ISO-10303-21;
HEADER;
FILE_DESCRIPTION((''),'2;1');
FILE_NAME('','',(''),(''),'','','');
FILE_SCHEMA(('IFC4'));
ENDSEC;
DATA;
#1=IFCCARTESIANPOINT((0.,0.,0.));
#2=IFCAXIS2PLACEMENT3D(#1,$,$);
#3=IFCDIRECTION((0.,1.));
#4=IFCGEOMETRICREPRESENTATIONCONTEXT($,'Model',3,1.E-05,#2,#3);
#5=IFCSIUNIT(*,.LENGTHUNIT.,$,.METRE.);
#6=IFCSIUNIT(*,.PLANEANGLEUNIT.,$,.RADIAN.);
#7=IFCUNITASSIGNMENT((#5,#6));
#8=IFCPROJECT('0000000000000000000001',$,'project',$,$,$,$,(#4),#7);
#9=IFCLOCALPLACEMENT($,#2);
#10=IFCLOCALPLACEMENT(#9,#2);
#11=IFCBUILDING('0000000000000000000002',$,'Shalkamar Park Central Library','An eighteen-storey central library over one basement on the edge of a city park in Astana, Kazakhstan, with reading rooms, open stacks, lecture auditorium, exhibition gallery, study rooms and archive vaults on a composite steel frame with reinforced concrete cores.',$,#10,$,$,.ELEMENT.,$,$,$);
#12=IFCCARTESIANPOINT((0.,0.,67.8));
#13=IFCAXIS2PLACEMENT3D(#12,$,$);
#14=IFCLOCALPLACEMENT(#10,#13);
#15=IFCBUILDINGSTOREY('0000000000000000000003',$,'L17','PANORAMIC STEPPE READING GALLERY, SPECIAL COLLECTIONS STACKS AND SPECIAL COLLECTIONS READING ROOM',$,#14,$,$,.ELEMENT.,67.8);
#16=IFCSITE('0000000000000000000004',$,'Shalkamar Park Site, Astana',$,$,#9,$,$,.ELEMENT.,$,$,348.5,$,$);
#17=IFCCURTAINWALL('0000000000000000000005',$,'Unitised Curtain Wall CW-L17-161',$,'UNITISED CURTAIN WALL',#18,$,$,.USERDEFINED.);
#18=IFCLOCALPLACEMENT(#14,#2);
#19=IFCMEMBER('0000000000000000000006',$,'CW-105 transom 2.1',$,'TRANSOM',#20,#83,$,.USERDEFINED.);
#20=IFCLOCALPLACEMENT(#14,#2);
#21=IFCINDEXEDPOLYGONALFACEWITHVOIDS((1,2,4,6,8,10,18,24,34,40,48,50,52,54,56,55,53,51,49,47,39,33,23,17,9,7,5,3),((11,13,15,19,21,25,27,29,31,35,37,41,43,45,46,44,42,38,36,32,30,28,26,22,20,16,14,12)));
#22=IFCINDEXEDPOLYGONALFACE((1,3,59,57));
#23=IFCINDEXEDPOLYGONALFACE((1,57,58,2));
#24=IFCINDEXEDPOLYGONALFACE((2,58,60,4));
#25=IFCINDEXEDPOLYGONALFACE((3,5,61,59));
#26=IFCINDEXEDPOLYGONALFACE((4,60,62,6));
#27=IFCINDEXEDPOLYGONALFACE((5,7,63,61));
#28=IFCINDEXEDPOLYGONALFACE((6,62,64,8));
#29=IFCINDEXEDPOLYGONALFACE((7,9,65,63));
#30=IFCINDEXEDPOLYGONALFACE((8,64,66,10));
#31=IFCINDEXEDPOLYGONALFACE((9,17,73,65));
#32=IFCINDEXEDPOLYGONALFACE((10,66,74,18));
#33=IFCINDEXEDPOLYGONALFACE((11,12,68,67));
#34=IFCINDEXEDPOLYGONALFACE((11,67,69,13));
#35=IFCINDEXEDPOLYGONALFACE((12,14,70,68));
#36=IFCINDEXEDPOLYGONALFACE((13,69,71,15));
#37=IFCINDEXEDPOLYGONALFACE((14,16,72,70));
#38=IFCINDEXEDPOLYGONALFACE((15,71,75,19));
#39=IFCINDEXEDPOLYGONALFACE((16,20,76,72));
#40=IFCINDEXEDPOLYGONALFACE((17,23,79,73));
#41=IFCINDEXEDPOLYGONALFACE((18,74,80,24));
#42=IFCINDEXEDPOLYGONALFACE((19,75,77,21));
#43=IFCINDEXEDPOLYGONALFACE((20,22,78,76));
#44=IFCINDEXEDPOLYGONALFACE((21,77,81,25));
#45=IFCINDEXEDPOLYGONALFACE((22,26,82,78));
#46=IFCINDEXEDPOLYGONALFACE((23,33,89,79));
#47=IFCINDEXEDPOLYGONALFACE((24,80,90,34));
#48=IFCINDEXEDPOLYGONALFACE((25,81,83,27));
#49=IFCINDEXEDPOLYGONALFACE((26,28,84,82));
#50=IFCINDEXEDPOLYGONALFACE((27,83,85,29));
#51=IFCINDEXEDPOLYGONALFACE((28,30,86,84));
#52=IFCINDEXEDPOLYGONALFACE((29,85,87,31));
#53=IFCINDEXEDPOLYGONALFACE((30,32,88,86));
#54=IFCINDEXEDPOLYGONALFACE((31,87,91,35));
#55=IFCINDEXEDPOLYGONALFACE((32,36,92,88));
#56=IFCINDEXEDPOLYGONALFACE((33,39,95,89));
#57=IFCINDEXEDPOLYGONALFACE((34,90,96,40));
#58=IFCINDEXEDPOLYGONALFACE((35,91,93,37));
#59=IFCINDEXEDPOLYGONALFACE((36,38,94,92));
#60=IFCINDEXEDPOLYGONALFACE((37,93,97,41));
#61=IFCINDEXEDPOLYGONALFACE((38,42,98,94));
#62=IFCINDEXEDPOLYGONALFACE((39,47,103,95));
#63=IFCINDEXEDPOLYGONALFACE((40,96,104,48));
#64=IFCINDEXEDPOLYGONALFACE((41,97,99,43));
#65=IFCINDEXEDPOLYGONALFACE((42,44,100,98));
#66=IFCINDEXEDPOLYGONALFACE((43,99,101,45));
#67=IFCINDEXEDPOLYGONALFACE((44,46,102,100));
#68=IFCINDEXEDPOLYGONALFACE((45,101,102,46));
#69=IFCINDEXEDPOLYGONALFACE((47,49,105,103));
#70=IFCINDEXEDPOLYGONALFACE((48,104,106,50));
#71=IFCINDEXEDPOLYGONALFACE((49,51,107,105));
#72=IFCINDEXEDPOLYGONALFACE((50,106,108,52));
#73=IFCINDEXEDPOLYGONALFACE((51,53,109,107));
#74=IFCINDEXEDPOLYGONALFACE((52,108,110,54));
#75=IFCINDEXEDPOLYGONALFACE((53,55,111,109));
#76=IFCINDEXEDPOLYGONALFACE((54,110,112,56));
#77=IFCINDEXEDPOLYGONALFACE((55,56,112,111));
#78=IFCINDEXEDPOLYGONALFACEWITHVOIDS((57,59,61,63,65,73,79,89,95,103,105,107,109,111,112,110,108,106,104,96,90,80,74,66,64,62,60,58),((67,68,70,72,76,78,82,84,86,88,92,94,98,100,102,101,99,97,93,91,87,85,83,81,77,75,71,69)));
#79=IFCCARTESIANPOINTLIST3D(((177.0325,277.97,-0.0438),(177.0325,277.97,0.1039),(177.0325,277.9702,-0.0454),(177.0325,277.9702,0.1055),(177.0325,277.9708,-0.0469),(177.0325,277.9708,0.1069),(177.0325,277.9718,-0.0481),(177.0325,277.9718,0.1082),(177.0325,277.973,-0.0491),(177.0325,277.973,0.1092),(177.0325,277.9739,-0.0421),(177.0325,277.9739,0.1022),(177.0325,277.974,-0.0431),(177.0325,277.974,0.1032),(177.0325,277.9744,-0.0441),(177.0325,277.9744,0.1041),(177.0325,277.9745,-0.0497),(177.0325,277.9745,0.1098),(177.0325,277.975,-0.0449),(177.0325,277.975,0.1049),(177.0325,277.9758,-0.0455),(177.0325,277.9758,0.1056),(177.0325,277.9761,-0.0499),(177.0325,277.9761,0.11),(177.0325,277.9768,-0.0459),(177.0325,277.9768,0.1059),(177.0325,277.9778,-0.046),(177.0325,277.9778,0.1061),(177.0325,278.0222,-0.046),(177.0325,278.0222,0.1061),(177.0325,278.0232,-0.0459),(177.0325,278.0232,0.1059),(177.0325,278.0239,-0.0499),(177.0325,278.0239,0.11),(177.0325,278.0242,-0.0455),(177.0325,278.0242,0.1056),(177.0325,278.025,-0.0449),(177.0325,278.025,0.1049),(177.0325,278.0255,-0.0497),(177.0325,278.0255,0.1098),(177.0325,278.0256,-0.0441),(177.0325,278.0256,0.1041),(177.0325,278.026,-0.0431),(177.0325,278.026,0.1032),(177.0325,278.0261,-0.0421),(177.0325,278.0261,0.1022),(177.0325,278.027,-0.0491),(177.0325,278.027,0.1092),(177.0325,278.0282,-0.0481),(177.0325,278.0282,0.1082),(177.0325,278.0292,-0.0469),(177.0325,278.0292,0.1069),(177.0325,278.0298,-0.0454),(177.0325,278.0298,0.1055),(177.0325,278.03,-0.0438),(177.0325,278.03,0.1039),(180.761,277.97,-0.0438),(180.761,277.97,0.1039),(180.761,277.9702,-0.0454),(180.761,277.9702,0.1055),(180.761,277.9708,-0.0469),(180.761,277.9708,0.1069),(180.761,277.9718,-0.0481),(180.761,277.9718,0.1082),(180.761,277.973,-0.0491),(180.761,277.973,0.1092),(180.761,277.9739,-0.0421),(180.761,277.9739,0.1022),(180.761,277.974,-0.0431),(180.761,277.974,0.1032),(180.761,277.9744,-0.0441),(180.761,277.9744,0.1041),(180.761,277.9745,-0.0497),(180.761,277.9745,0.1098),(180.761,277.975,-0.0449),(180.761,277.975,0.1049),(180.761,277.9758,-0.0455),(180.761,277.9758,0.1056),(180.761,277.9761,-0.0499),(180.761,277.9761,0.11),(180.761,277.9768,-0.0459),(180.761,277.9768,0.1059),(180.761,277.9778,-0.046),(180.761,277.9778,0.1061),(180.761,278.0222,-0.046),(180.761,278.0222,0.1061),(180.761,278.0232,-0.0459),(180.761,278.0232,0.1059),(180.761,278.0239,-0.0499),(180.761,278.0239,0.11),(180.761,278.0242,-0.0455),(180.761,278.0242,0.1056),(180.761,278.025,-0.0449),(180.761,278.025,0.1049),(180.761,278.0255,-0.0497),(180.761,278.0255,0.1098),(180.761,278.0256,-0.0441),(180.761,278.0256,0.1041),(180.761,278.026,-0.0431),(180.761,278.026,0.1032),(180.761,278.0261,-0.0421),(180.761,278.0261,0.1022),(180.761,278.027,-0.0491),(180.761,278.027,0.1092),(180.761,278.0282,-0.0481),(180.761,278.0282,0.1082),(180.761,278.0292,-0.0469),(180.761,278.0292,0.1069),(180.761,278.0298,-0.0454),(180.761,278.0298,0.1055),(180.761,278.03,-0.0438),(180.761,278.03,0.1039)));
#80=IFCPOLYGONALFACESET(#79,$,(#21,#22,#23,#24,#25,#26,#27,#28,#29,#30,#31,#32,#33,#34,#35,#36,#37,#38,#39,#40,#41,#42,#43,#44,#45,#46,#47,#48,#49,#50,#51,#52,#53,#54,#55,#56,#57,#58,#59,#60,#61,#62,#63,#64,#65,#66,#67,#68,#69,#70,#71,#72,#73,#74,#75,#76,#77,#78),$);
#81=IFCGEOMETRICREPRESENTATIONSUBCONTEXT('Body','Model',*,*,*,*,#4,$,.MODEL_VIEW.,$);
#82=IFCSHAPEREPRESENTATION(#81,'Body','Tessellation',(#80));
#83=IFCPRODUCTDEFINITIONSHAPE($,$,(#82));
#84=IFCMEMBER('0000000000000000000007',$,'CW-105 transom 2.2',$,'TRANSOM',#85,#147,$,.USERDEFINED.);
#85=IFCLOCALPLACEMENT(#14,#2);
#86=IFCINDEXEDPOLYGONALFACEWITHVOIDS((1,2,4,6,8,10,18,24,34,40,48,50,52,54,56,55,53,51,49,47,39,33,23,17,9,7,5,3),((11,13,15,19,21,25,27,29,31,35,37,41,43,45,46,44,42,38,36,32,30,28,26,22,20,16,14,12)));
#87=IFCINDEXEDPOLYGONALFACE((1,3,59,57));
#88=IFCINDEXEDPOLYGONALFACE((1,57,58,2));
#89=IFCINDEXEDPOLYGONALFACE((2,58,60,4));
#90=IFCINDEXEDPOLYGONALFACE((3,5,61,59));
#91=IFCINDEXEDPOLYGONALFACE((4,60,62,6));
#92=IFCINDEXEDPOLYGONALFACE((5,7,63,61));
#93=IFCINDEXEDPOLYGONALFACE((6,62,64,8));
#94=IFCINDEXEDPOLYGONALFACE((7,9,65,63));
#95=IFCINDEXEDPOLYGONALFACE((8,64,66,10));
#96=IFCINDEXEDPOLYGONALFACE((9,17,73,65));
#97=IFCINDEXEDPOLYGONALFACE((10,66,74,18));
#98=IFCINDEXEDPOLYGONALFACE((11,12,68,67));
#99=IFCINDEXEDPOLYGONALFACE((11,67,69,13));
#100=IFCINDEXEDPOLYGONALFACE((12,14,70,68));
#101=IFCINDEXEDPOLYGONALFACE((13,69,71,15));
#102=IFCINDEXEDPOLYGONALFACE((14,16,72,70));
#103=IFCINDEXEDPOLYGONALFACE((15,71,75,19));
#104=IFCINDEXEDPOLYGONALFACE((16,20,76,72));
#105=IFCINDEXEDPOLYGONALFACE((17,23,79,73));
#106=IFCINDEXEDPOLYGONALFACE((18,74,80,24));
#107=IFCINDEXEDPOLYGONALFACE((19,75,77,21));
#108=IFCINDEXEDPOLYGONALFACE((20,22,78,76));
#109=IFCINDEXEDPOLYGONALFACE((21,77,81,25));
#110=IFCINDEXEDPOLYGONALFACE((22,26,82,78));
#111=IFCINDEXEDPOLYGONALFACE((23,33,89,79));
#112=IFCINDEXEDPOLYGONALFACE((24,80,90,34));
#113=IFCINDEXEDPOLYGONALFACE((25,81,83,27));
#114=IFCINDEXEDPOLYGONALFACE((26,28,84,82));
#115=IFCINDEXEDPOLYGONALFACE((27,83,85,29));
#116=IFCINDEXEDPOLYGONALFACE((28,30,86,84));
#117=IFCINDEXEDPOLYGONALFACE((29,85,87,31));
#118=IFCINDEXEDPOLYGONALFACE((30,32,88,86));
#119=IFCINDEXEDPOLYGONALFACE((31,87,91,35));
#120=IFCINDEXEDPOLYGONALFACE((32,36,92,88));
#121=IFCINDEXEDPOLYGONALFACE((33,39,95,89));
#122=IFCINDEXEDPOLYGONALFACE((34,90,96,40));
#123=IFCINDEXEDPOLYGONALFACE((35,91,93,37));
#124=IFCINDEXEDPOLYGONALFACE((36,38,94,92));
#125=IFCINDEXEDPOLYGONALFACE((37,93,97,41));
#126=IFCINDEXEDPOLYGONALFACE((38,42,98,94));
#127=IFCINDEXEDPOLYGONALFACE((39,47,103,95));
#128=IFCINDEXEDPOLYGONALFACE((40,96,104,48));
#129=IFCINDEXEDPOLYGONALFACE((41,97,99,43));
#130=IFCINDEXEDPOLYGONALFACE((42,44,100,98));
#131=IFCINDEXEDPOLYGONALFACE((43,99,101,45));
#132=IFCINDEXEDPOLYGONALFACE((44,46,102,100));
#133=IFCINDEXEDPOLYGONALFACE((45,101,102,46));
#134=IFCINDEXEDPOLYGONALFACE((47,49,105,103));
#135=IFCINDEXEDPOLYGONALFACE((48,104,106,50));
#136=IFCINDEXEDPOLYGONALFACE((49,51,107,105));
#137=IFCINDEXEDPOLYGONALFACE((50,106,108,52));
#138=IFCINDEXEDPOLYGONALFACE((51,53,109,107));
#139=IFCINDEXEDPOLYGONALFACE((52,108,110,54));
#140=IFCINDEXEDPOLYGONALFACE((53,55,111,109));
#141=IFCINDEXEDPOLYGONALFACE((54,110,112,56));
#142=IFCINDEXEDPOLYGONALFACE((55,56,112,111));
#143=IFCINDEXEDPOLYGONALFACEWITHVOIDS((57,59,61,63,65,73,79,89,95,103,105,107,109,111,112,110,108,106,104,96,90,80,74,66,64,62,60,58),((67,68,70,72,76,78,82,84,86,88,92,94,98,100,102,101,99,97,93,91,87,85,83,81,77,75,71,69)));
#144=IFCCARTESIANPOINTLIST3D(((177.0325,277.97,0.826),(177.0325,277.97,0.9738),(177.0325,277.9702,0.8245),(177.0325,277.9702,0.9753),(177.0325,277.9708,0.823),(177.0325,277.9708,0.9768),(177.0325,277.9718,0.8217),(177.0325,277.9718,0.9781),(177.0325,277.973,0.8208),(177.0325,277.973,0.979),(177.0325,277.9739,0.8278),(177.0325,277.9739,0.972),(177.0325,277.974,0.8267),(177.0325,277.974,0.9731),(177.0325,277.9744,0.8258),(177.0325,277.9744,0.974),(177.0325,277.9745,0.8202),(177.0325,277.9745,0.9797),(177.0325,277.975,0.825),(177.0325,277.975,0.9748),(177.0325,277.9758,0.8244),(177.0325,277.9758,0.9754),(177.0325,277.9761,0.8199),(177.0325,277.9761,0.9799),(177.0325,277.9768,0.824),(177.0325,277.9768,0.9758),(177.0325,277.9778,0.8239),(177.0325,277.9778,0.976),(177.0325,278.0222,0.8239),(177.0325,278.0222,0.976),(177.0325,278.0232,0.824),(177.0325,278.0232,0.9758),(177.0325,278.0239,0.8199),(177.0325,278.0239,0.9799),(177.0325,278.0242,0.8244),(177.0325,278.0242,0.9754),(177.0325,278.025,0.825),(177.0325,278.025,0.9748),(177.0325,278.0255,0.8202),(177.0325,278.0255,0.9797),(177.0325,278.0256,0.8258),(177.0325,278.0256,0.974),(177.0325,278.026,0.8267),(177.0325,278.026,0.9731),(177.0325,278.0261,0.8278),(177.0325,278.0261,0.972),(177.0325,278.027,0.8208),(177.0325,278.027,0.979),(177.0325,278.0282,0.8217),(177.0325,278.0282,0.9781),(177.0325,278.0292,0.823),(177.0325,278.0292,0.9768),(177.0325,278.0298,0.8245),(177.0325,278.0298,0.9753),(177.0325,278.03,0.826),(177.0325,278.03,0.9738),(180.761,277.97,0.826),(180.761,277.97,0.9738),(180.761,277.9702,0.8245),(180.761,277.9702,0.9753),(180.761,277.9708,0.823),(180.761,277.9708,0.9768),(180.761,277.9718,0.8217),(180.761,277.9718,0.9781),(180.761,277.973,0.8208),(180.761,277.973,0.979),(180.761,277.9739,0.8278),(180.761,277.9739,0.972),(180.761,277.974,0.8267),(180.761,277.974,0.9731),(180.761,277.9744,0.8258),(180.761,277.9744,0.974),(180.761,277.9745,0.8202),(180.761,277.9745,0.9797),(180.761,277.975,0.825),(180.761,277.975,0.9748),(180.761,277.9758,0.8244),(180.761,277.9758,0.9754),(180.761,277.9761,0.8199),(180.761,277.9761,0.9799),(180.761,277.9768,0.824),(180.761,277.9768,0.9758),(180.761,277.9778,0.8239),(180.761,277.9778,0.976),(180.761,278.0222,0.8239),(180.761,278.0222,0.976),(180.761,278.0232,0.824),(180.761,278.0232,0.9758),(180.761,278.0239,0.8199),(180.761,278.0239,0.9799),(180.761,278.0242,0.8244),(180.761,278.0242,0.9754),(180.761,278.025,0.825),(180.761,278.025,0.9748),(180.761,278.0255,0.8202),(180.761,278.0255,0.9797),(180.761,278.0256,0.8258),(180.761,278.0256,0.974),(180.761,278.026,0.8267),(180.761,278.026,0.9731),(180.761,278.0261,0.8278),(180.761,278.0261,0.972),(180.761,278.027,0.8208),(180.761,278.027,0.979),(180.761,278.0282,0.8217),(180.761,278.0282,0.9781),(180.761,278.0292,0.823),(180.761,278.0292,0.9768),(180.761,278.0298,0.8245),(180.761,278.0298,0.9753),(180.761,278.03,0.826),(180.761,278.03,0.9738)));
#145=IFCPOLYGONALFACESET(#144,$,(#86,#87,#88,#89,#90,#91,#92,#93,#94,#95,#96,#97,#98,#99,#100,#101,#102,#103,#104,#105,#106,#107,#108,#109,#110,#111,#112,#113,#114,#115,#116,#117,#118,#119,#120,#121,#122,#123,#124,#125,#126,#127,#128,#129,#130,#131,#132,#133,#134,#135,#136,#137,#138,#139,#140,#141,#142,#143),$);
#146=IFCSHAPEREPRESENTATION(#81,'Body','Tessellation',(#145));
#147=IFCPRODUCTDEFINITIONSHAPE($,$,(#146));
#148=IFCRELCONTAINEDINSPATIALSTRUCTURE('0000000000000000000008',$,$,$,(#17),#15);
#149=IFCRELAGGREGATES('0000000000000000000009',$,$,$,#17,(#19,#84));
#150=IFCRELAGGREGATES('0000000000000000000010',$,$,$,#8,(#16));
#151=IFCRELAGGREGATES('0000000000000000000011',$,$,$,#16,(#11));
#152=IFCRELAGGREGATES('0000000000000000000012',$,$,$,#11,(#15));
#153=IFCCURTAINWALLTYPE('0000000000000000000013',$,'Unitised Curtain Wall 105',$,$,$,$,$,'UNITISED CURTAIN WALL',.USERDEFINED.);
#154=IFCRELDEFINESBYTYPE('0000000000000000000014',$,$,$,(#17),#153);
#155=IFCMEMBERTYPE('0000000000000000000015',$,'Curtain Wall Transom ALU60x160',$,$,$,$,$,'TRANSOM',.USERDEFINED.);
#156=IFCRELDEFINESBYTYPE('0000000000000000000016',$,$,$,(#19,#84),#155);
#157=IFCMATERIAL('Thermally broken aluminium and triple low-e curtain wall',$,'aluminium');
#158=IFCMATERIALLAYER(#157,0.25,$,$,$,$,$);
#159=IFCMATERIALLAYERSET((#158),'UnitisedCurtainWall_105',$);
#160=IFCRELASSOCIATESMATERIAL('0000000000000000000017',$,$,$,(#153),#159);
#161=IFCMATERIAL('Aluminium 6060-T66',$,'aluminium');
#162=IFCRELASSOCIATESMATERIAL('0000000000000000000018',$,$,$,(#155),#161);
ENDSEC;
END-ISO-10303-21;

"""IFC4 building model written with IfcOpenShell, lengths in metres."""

from ifc_helpers import new_model, si_unit, direction, frame, origin, origin_2d, place, context, subcontext, project, spatial, hollow_rectangle, extrude, material, layer, layer_set, material_profile, profile_set, type_object, element, aggregate, save


model = new_model("IFC4")

# Units and contexts
model_context = context("Model", 3, precision=1e-05, world=origin(), true_north=direction((0.0, 1.0)))
body_context = subcontext(model_context, "Body", "Model", "MODEL_VIEW")
ifc_project = project(units=[si_unit("LENGTHUNIT", "METRE"), si_unit("PLANEANGLEUNIT", "RADIAN")], contexts=[model_context])

# Site, building, storey
site_placement = place(None, origin())
site = spatial("IfcSite", under=ifc_project, at=site_placement, Name="Shalkamar Park Site, Astana", CompositionType="ELEMENT", RefElevation=348.5)
building_placement = place(site_placement, origin())
building = spatial("IfcBuilding", under=site, at=building_placement, Name="Shalkamar Park Central Library", Description="An eighteen-storey central library over one basement on the edge of a city park in Astana, Kazakhstan, with reading rooms, open stacks, lecture auditorium, exhibition gallery, study rooms and archive vaults on a composite steel frame with reinforced concrete cores.", CompositionType="ELEMENT")
storey_placement = place(building_placement, frame((0.0, 0.0, 67.8)))
storey = spatial("IfcBuildingStorey", under=building, at=storey_placement, Name="L17", Description="PANORAMIC STEPPE READING GALLERY, SPECIAL COLLECTIONS STACKS AND SPECIAL COLLECTIONS READING ROOM", CompositionType="ELEMENT", Elevation=67.8)

# Curtain wall, members
ifc_material_1 = material(Name="Thermally broken aluminium and triple low-e curtain wall", Category="aluminium")
ifc_layer_1 = layer(ifc_material_1, 0.25)
ifc_layer_set_1 = layer_set([ifc_layer_1], Name="UnitisedCurtainWall_105")
curtain_wall_type = type_object("IfcCurtainWallType", Name="Unitised Curtain Wall 105", ElementType="UNITISED CURTAIN WALL", PredefinedType="USERDEFINED", material=ifc_layer_set_1)
curtain_wall_placement = place(storey_placement, origin())
curtain_wall = element("IfcCurtainWall", 1, at=curtain_wall_placement, inside=storey, type_object=curtain_wall_type, Name="Unitised Curtain Wall CW-L17-161", ObjectType="UNITISED CURTAIN WALL", PredefinedType="USERDEFINED")
ifc_material_2 = material(Name="Aluminium 6060-T66", Category="aluminium")
ifc_material_profile_1 = material_profile(ifc_material_2, hollow_rectangle(XDim=0.0601, YDim=0.1599, WallThickness=0.0039, InnerFilletRadius=0.0039, OuterFilletRadius=0.0061, at=origin_2d()), Name="ALU 60x160x4")
ifc_profile_set_1 = profile_set([ifc_material_profile_1], Name="Aluminium 6060-T66")
member_type_1 = type_object("IfcMemberType", Name="Curtain Wall Transom ALU60x160", ElementType="TRANSOM", PredefinedType="USERDEFINED", material=ifc_profile_set_1)
member_1_placement = place(storey_placement, frame((177.0325, 278.0, 0.03), z_axis=(1.0, 0.0, 0.0), x_axis=(0.0, 1.0, 0.0)))
member_1 = element("IfcMember", 2, at=member_1_placement, type_object=member_type_1, Name="CW-105 transom 2.1", ObjectType="TRANSOM", PredefinedType="USERDEFINED", context=body_context, shape_type="SweptSolid", body=[
    extrude(hollow_rectangle(XDim=0.0601, YDim=0.1599, WallThickness=0.0039, InnerFilletRadius=0.0039, OuterFilletRadius=0.0061, at=origin_2d()), origin(), (0.0, 0.0, 1.0), 3.7285),
])
member_2_placement = place(storey_placement, frame((177.0325, 278.0, 0.8999), z_axis=(1.0, 0.0, 0.0), x_axis=(0.0, 1.0, 0.0)))
member_2 = element("IfcMember", 3, at=member_2_placement, type_object=member_type_1, Name="CW-105 transom 2.2", ObjectType="TRANSOM", PredefinedType="USERDEFINED", context=body_context, shape_type="SweptSolid", body=[
    extrude(hollow_rectangle(XDim=0.0601, YDim=0.1599, WallThickness=0.0039, InnerFilletRadius=0.0039, OuterFilletRadius=0.0061, at=origin_2d()), origin(), (0.0, 0.0, 1.0), 3.7285),
])

aggregate(curtain_wall, [member_1, member_2])

save(model, "model.ifc")
